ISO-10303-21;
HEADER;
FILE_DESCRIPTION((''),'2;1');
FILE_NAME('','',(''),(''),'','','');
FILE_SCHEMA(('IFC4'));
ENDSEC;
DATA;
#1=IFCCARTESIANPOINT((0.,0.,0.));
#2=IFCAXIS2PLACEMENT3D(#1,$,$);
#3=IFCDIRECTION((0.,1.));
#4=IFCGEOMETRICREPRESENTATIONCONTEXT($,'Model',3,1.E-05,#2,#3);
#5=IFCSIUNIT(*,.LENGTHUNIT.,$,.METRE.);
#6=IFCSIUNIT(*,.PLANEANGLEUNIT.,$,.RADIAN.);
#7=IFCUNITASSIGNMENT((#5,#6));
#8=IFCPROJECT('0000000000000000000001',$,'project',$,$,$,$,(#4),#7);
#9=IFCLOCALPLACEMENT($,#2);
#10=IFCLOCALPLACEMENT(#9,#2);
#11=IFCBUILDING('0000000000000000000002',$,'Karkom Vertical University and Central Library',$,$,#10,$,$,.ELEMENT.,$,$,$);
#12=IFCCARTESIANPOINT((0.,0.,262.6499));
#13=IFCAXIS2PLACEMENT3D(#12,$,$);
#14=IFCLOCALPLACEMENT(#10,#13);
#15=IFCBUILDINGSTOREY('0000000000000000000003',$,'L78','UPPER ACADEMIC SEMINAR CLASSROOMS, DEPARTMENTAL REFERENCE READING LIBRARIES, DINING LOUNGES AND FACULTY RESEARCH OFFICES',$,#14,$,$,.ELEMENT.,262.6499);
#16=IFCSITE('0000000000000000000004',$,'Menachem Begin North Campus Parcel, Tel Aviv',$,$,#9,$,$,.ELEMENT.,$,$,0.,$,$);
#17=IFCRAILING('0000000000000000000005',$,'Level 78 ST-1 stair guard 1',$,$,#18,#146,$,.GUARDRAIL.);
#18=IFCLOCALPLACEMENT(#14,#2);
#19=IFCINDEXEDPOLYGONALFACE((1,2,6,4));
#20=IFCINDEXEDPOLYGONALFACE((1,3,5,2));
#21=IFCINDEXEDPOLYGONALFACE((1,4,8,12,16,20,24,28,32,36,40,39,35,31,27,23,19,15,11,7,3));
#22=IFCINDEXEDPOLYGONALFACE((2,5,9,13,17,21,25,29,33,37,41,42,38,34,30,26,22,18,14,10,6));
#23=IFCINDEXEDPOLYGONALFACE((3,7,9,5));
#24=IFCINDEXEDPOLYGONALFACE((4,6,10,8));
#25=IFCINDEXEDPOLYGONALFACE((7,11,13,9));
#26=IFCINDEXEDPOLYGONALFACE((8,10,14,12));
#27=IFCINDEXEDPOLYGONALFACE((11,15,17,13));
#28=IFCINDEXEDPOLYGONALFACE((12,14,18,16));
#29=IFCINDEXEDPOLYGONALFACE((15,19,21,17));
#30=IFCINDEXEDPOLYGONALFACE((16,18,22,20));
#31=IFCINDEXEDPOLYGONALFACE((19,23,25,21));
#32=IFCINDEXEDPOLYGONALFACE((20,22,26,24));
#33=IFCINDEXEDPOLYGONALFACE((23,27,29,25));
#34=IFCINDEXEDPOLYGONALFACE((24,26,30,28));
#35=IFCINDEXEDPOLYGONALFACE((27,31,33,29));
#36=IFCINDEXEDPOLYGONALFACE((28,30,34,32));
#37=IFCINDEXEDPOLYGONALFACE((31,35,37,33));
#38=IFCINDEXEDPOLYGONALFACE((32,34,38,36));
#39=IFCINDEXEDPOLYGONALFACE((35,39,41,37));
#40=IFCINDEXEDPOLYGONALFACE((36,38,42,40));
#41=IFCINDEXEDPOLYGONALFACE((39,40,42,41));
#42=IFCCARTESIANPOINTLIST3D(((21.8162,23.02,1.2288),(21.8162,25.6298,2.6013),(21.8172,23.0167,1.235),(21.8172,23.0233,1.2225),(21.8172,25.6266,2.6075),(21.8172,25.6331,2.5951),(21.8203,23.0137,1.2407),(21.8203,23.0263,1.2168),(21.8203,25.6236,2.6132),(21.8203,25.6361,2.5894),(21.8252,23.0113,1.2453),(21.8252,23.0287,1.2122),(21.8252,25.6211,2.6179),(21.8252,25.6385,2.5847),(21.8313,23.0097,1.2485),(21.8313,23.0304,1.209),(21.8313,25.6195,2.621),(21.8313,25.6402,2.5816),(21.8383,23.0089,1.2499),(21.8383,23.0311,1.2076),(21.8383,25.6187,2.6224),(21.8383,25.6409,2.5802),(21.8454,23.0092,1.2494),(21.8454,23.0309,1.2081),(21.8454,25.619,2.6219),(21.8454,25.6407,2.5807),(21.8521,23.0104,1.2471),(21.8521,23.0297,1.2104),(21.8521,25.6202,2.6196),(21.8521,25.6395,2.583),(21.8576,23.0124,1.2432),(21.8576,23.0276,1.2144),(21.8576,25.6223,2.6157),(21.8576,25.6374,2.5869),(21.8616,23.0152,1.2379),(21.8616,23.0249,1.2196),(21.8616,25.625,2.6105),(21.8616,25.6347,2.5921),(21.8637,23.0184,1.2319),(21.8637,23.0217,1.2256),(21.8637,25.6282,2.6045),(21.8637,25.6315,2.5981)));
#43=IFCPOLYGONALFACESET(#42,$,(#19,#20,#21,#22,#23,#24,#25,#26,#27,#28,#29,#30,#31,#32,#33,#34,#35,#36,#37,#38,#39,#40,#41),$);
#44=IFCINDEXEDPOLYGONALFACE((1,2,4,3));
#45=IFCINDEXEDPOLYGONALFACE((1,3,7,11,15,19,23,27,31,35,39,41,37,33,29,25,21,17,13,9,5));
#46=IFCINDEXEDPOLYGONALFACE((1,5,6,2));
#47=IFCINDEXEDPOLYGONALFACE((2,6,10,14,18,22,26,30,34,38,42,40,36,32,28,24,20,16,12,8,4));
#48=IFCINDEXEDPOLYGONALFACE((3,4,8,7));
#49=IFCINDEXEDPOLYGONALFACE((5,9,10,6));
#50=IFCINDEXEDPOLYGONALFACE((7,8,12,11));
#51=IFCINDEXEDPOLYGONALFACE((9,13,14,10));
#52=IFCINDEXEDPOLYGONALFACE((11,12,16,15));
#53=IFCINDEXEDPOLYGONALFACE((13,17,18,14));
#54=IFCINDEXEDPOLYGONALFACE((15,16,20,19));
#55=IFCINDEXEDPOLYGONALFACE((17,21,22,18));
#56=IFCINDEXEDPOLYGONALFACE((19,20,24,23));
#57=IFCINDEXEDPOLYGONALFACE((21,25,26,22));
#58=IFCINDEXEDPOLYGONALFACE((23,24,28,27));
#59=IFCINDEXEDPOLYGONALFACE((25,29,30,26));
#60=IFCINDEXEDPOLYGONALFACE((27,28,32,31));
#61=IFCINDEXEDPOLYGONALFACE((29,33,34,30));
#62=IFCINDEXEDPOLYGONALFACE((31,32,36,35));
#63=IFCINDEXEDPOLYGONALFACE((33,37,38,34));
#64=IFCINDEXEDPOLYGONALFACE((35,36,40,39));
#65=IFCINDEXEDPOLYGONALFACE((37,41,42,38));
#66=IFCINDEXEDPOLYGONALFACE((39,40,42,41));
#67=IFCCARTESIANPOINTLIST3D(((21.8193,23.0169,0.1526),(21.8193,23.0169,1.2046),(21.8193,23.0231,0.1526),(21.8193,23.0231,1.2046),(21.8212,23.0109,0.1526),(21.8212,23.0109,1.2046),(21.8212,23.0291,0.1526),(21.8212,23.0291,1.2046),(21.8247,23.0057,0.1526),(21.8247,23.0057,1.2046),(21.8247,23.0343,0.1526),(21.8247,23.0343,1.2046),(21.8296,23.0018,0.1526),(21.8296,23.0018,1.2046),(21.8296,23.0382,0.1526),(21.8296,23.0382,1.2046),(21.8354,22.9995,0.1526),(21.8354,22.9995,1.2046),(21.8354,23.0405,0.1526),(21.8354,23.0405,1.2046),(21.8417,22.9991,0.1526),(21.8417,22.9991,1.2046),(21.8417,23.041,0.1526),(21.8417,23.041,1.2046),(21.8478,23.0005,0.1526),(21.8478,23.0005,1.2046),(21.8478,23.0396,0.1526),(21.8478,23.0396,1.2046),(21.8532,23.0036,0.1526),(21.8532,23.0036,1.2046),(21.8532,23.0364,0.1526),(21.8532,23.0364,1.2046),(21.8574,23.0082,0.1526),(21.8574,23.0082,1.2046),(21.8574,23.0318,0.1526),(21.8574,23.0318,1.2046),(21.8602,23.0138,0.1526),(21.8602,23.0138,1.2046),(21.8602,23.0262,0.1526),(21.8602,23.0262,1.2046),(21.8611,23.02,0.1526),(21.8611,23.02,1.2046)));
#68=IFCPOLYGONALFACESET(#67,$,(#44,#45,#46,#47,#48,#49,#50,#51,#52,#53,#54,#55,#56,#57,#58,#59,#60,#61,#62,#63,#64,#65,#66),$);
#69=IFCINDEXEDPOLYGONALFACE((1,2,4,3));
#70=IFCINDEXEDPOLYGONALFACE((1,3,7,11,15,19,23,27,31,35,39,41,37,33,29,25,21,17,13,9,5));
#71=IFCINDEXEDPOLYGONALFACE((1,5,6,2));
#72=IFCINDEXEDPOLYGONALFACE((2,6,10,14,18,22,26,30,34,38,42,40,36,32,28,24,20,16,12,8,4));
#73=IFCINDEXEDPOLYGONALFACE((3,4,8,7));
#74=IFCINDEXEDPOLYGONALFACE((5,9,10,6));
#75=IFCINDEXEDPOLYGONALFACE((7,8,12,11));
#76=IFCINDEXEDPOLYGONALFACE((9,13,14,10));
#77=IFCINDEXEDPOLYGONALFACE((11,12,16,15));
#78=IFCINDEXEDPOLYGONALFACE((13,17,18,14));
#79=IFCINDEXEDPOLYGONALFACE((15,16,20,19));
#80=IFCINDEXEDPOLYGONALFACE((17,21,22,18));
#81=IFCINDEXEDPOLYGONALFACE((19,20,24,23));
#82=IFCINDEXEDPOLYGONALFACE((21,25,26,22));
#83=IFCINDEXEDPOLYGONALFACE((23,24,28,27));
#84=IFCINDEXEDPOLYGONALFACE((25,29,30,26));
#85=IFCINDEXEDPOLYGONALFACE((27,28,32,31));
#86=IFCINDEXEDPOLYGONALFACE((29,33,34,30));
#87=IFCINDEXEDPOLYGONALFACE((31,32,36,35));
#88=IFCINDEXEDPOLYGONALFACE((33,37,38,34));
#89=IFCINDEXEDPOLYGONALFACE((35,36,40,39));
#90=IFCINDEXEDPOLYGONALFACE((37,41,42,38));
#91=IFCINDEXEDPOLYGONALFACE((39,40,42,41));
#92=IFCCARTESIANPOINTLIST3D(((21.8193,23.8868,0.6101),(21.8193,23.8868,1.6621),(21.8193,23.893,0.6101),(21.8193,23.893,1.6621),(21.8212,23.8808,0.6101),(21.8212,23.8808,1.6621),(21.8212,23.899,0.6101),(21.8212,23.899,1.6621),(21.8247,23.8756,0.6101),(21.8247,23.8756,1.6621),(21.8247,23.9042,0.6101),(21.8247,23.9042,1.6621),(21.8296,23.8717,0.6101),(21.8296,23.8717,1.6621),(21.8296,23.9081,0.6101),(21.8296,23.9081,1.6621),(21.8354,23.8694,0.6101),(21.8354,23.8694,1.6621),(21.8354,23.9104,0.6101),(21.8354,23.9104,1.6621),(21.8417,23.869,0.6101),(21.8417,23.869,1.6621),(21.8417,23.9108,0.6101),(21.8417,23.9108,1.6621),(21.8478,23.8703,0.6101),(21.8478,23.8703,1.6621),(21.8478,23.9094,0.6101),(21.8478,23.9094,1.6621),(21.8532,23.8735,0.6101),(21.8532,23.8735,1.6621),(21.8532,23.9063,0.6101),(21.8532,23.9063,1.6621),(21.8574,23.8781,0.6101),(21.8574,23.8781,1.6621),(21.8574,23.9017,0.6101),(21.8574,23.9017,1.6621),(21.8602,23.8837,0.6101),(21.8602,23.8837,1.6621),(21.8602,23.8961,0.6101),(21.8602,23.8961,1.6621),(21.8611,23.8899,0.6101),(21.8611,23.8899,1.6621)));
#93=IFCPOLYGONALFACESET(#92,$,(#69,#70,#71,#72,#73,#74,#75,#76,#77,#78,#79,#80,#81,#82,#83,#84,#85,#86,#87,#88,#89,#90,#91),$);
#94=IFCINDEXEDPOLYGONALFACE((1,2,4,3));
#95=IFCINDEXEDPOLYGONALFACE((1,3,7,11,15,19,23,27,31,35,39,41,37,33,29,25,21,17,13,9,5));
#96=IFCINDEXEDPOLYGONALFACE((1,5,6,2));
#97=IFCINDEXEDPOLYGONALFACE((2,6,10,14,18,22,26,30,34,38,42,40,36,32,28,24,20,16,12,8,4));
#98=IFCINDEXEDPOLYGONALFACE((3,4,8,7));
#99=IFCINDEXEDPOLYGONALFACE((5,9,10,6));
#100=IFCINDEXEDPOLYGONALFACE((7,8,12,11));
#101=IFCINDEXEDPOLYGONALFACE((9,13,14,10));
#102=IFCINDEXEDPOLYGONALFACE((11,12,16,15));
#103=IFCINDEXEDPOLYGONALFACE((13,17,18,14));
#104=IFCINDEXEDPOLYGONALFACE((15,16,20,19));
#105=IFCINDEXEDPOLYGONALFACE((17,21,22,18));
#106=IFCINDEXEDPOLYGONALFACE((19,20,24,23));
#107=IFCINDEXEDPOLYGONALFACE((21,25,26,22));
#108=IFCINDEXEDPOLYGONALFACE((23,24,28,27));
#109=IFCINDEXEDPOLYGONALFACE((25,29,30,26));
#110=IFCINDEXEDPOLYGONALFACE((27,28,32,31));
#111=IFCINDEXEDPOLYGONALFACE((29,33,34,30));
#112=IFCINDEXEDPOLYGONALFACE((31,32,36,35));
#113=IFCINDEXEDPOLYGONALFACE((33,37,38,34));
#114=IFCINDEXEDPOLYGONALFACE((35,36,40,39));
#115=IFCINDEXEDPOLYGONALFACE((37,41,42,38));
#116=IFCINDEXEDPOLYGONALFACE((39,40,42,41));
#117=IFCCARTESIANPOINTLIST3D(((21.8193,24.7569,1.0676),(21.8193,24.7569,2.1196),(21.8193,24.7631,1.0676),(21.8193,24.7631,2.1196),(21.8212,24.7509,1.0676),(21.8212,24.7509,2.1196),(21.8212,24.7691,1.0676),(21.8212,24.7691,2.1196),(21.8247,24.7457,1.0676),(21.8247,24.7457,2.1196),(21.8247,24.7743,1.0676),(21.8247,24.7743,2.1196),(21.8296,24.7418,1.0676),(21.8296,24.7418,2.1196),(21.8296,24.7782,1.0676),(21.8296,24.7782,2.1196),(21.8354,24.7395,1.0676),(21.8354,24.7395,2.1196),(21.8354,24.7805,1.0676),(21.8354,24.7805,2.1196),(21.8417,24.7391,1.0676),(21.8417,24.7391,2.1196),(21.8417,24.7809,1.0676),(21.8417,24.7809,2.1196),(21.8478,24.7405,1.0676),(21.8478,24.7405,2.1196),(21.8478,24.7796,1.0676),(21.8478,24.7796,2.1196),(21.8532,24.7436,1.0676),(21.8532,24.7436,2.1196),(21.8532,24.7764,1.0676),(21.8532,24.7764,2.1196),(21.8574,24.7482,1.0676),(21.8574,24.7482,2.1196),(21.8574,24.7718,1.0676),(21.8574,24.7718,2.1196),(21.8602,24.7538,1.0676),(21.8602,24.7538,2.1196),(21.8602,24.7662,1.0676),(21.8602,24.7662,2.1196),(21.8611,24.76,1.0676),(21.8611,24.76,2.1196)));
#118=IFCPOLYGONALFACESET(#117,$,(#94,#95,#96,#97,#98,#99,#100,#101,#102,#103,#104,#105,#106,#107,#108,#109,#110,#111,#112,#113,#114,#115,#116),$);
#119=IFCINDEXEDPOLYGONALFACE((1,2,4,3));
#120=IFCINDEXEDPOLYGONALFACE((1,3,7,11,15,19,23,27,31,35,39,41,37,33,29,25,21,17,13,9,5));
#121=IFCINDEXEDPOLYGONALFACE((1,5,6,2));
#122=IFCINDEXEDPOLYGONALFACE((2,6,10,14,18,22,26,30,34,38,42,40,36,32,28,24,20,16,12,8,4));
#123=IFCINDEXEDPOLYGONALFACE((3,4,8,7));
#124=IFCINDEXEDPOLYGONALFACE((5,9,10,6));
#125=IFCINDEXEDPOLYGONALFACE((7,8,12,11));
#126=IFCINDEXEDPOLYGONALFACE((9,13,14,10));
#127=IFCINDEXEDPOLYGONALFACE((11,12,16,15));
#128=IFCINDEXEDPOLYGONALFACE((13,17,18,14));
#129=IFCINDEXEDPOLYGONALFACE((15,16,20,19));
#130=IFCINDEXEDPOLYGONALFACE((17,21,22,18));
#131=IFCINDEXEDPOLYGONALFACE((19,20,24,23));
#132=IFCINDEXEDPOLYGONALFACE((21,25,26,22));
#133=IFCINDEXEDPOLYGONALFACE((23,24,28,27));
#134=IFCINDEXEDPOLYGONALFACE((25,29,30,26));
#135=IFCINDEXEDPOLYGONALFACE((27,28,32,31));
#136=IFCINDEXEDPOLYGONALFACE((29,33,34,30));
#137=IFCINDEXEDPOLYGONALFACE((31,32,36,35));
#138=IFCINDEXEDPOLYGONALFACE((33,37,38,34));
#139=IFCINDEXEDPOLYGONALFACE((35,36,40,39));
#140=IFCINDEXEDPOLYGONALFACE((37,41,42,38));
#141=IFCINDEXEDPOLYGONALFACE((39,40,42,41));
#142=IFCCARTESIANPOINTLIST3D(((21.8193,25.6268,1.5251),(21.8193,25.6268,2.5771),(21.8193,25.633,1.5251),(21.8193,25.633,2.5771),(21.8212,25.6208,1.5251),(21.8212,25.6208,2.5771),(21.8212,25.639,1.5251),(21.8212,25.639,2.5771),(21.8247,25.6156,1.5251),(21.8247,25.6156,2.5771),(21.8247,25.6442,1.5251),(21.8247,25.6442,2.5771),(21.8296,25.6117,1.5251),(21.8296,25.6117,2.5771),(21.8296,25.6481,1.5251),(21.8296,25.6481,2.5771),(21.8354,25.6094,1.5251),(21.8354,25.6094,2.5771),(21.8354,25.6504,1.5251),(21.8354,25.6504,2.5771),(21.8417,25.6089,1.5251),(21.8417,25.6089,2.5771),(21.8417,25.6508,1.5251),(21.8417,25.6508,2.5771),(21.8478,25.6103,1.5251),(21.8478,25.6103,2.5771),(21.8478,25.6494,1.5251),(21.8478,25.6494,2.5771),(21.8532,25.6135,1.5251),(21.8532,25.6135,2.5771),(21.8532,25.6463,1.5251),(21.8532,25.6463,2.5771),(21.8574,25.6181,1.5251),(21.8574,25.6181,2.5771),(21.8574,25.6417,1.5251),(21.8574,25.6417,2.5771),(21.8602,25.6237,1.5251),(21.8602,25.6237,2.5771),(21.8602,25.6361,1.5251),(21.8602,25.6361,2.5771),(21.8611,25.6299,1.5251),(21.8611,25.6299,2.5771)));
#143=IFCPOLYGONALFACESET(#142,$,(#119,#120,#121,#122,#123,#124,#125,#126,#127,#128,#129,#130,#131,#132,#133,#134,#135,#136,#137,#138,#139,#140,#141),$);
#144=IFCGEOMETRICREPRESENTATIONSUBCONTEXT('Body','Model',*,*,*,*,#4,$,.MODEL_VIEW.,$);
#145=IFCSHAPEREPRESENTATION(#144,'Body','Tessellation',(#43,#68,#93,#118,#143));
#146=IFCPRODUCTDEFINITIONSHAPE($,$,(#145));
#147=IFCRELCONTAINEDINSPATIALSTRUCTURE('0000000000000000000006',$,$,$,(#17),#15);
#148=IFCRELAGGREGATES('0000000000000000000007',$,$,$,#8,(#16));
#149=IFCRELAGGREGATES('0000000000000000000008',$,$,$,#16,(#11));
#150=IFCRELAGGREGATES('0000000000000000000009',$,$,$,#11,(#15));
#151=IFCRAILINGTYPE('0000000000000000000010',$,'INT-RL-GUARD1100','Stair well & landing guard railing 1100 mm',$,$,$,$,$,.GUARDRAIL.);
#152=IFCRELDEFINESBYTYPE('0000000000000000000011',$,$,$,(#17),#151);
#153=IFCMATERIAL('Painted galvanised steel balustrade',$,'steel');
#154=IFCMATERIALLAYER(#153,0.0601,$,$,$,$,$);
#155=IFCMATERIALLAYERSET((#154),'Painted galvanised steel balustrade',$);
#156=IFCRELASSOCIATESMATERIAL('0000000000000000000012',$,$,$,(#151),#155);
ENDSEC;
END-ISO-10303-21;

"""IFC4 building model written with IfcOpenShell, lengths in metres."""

from ifc_helpers import new_model, si_unit, direction, frame, origin, origin_2d, place, context, subcontext, project, spatial, circle, extrude, material, layer, layer_set, type_object, element, save


model = new_model("IFC4")

# Units and contexts
model_context = context("Model", 3, precision=1e-05, world=origin(), true_north=direction((0.0, 1.0)))
body_context = subcontext(model_context, "Body", "Model", "MODEL_VIEW")
ifc_project = project(units=[si_unit("LENGTHUNIT", "METRE"), si_unit("PLANEANGLEUNIT", "RADIAN")], contexts=[model_context])

# Site, building, storey
site_placement = place(None, origin())
site = spatial("IfcSite", under=ifc_project, at=site_placement, Name="Menachem Begin North Campus Parcel, Tel Aviv", CompositionType="ELEMENT", RefElevation=0.0)
building_placement = place(site_placement, origin())
building = spatial("IfcBuilding", under=site, at=building_placement, Name="Karkom Vertical University and Central Library", CompositionType="ELEMENT")
storey_placement = place(building_placement, frame((0.0, 0.0, 262.6499)))
storey = spatial("IfcBuildingStorey", under=building, at=storey_placement, Name="L78", Description="UPPER ACADEMIC SEMINAR CLASSROOMS, DEPARTMENTAL REFERENCE READING LIBRARIES, DINING LOUNGES AND FACULTY RESEARCH OFFICES", CompositionType="ELEMENT", Elevation=262.6499)

# Railing
ifc_material_1 = material(Name="Painted galvanised steel balustrade", Category="steel")
ifc_layer_1 = layer(ifc_material_1, 0.0601)
ifc_layer_set_1 = layer_set([ifc_layer_1], Name="Painted galvanised steel balustrade")
railing_type_1 = type_object("IfcRailingType", Name="INT-RL-GUARD1100", Description="Stair well & landing guard railing 1100 mm", PredefinedType="GUARDRAIL", material=ifc_layer_set_1)
railing_1_placement = place(storey_placement, frame((21.8401, 23.02, 0.1526)))
element("IfcRailing", 1, at=railing_1_placement, inside=storey, type_object=railing_type_1, Name="Level 78 ST-1 stair guard 1", PredefinedType="GUARDRAIL", context=body_context, shape_type="SweptSolid", body=[
    extrude(circle(Radius=0.0239, at=origin_2d()), frame((0.0, 0.0, 1.0762), z_axis=(0.0, 0.885065, 0.465467), x_axis=(-1.0, 0.0, 0.0)), (0.0, 0.0, 1.0), 2.9487),
    extrude(circle(Radius=0.021, at=origin_2d()), origin(), (0.0, 0.0, 1.0), 1.052),
    extrude(circle(Radius=0.021, at=origin_2d()), frame((0.0, 0.8699, 0.4575)), (0.0, 0.0, 1.0), 1.052),
    extrude(circle(Radius=0.021, at=origin_2d()), frame((0.0, 1.74, 0.915)), (0.0, 0.0, 1.0), 1.052),
    extrude(circle(Radius=0.021, at=origin_2d()), frame((0.0, 2.6099, 1.3726)), (0.0, 0.0, 1.0), 1.052),
])

save(model, "model.ifc")
